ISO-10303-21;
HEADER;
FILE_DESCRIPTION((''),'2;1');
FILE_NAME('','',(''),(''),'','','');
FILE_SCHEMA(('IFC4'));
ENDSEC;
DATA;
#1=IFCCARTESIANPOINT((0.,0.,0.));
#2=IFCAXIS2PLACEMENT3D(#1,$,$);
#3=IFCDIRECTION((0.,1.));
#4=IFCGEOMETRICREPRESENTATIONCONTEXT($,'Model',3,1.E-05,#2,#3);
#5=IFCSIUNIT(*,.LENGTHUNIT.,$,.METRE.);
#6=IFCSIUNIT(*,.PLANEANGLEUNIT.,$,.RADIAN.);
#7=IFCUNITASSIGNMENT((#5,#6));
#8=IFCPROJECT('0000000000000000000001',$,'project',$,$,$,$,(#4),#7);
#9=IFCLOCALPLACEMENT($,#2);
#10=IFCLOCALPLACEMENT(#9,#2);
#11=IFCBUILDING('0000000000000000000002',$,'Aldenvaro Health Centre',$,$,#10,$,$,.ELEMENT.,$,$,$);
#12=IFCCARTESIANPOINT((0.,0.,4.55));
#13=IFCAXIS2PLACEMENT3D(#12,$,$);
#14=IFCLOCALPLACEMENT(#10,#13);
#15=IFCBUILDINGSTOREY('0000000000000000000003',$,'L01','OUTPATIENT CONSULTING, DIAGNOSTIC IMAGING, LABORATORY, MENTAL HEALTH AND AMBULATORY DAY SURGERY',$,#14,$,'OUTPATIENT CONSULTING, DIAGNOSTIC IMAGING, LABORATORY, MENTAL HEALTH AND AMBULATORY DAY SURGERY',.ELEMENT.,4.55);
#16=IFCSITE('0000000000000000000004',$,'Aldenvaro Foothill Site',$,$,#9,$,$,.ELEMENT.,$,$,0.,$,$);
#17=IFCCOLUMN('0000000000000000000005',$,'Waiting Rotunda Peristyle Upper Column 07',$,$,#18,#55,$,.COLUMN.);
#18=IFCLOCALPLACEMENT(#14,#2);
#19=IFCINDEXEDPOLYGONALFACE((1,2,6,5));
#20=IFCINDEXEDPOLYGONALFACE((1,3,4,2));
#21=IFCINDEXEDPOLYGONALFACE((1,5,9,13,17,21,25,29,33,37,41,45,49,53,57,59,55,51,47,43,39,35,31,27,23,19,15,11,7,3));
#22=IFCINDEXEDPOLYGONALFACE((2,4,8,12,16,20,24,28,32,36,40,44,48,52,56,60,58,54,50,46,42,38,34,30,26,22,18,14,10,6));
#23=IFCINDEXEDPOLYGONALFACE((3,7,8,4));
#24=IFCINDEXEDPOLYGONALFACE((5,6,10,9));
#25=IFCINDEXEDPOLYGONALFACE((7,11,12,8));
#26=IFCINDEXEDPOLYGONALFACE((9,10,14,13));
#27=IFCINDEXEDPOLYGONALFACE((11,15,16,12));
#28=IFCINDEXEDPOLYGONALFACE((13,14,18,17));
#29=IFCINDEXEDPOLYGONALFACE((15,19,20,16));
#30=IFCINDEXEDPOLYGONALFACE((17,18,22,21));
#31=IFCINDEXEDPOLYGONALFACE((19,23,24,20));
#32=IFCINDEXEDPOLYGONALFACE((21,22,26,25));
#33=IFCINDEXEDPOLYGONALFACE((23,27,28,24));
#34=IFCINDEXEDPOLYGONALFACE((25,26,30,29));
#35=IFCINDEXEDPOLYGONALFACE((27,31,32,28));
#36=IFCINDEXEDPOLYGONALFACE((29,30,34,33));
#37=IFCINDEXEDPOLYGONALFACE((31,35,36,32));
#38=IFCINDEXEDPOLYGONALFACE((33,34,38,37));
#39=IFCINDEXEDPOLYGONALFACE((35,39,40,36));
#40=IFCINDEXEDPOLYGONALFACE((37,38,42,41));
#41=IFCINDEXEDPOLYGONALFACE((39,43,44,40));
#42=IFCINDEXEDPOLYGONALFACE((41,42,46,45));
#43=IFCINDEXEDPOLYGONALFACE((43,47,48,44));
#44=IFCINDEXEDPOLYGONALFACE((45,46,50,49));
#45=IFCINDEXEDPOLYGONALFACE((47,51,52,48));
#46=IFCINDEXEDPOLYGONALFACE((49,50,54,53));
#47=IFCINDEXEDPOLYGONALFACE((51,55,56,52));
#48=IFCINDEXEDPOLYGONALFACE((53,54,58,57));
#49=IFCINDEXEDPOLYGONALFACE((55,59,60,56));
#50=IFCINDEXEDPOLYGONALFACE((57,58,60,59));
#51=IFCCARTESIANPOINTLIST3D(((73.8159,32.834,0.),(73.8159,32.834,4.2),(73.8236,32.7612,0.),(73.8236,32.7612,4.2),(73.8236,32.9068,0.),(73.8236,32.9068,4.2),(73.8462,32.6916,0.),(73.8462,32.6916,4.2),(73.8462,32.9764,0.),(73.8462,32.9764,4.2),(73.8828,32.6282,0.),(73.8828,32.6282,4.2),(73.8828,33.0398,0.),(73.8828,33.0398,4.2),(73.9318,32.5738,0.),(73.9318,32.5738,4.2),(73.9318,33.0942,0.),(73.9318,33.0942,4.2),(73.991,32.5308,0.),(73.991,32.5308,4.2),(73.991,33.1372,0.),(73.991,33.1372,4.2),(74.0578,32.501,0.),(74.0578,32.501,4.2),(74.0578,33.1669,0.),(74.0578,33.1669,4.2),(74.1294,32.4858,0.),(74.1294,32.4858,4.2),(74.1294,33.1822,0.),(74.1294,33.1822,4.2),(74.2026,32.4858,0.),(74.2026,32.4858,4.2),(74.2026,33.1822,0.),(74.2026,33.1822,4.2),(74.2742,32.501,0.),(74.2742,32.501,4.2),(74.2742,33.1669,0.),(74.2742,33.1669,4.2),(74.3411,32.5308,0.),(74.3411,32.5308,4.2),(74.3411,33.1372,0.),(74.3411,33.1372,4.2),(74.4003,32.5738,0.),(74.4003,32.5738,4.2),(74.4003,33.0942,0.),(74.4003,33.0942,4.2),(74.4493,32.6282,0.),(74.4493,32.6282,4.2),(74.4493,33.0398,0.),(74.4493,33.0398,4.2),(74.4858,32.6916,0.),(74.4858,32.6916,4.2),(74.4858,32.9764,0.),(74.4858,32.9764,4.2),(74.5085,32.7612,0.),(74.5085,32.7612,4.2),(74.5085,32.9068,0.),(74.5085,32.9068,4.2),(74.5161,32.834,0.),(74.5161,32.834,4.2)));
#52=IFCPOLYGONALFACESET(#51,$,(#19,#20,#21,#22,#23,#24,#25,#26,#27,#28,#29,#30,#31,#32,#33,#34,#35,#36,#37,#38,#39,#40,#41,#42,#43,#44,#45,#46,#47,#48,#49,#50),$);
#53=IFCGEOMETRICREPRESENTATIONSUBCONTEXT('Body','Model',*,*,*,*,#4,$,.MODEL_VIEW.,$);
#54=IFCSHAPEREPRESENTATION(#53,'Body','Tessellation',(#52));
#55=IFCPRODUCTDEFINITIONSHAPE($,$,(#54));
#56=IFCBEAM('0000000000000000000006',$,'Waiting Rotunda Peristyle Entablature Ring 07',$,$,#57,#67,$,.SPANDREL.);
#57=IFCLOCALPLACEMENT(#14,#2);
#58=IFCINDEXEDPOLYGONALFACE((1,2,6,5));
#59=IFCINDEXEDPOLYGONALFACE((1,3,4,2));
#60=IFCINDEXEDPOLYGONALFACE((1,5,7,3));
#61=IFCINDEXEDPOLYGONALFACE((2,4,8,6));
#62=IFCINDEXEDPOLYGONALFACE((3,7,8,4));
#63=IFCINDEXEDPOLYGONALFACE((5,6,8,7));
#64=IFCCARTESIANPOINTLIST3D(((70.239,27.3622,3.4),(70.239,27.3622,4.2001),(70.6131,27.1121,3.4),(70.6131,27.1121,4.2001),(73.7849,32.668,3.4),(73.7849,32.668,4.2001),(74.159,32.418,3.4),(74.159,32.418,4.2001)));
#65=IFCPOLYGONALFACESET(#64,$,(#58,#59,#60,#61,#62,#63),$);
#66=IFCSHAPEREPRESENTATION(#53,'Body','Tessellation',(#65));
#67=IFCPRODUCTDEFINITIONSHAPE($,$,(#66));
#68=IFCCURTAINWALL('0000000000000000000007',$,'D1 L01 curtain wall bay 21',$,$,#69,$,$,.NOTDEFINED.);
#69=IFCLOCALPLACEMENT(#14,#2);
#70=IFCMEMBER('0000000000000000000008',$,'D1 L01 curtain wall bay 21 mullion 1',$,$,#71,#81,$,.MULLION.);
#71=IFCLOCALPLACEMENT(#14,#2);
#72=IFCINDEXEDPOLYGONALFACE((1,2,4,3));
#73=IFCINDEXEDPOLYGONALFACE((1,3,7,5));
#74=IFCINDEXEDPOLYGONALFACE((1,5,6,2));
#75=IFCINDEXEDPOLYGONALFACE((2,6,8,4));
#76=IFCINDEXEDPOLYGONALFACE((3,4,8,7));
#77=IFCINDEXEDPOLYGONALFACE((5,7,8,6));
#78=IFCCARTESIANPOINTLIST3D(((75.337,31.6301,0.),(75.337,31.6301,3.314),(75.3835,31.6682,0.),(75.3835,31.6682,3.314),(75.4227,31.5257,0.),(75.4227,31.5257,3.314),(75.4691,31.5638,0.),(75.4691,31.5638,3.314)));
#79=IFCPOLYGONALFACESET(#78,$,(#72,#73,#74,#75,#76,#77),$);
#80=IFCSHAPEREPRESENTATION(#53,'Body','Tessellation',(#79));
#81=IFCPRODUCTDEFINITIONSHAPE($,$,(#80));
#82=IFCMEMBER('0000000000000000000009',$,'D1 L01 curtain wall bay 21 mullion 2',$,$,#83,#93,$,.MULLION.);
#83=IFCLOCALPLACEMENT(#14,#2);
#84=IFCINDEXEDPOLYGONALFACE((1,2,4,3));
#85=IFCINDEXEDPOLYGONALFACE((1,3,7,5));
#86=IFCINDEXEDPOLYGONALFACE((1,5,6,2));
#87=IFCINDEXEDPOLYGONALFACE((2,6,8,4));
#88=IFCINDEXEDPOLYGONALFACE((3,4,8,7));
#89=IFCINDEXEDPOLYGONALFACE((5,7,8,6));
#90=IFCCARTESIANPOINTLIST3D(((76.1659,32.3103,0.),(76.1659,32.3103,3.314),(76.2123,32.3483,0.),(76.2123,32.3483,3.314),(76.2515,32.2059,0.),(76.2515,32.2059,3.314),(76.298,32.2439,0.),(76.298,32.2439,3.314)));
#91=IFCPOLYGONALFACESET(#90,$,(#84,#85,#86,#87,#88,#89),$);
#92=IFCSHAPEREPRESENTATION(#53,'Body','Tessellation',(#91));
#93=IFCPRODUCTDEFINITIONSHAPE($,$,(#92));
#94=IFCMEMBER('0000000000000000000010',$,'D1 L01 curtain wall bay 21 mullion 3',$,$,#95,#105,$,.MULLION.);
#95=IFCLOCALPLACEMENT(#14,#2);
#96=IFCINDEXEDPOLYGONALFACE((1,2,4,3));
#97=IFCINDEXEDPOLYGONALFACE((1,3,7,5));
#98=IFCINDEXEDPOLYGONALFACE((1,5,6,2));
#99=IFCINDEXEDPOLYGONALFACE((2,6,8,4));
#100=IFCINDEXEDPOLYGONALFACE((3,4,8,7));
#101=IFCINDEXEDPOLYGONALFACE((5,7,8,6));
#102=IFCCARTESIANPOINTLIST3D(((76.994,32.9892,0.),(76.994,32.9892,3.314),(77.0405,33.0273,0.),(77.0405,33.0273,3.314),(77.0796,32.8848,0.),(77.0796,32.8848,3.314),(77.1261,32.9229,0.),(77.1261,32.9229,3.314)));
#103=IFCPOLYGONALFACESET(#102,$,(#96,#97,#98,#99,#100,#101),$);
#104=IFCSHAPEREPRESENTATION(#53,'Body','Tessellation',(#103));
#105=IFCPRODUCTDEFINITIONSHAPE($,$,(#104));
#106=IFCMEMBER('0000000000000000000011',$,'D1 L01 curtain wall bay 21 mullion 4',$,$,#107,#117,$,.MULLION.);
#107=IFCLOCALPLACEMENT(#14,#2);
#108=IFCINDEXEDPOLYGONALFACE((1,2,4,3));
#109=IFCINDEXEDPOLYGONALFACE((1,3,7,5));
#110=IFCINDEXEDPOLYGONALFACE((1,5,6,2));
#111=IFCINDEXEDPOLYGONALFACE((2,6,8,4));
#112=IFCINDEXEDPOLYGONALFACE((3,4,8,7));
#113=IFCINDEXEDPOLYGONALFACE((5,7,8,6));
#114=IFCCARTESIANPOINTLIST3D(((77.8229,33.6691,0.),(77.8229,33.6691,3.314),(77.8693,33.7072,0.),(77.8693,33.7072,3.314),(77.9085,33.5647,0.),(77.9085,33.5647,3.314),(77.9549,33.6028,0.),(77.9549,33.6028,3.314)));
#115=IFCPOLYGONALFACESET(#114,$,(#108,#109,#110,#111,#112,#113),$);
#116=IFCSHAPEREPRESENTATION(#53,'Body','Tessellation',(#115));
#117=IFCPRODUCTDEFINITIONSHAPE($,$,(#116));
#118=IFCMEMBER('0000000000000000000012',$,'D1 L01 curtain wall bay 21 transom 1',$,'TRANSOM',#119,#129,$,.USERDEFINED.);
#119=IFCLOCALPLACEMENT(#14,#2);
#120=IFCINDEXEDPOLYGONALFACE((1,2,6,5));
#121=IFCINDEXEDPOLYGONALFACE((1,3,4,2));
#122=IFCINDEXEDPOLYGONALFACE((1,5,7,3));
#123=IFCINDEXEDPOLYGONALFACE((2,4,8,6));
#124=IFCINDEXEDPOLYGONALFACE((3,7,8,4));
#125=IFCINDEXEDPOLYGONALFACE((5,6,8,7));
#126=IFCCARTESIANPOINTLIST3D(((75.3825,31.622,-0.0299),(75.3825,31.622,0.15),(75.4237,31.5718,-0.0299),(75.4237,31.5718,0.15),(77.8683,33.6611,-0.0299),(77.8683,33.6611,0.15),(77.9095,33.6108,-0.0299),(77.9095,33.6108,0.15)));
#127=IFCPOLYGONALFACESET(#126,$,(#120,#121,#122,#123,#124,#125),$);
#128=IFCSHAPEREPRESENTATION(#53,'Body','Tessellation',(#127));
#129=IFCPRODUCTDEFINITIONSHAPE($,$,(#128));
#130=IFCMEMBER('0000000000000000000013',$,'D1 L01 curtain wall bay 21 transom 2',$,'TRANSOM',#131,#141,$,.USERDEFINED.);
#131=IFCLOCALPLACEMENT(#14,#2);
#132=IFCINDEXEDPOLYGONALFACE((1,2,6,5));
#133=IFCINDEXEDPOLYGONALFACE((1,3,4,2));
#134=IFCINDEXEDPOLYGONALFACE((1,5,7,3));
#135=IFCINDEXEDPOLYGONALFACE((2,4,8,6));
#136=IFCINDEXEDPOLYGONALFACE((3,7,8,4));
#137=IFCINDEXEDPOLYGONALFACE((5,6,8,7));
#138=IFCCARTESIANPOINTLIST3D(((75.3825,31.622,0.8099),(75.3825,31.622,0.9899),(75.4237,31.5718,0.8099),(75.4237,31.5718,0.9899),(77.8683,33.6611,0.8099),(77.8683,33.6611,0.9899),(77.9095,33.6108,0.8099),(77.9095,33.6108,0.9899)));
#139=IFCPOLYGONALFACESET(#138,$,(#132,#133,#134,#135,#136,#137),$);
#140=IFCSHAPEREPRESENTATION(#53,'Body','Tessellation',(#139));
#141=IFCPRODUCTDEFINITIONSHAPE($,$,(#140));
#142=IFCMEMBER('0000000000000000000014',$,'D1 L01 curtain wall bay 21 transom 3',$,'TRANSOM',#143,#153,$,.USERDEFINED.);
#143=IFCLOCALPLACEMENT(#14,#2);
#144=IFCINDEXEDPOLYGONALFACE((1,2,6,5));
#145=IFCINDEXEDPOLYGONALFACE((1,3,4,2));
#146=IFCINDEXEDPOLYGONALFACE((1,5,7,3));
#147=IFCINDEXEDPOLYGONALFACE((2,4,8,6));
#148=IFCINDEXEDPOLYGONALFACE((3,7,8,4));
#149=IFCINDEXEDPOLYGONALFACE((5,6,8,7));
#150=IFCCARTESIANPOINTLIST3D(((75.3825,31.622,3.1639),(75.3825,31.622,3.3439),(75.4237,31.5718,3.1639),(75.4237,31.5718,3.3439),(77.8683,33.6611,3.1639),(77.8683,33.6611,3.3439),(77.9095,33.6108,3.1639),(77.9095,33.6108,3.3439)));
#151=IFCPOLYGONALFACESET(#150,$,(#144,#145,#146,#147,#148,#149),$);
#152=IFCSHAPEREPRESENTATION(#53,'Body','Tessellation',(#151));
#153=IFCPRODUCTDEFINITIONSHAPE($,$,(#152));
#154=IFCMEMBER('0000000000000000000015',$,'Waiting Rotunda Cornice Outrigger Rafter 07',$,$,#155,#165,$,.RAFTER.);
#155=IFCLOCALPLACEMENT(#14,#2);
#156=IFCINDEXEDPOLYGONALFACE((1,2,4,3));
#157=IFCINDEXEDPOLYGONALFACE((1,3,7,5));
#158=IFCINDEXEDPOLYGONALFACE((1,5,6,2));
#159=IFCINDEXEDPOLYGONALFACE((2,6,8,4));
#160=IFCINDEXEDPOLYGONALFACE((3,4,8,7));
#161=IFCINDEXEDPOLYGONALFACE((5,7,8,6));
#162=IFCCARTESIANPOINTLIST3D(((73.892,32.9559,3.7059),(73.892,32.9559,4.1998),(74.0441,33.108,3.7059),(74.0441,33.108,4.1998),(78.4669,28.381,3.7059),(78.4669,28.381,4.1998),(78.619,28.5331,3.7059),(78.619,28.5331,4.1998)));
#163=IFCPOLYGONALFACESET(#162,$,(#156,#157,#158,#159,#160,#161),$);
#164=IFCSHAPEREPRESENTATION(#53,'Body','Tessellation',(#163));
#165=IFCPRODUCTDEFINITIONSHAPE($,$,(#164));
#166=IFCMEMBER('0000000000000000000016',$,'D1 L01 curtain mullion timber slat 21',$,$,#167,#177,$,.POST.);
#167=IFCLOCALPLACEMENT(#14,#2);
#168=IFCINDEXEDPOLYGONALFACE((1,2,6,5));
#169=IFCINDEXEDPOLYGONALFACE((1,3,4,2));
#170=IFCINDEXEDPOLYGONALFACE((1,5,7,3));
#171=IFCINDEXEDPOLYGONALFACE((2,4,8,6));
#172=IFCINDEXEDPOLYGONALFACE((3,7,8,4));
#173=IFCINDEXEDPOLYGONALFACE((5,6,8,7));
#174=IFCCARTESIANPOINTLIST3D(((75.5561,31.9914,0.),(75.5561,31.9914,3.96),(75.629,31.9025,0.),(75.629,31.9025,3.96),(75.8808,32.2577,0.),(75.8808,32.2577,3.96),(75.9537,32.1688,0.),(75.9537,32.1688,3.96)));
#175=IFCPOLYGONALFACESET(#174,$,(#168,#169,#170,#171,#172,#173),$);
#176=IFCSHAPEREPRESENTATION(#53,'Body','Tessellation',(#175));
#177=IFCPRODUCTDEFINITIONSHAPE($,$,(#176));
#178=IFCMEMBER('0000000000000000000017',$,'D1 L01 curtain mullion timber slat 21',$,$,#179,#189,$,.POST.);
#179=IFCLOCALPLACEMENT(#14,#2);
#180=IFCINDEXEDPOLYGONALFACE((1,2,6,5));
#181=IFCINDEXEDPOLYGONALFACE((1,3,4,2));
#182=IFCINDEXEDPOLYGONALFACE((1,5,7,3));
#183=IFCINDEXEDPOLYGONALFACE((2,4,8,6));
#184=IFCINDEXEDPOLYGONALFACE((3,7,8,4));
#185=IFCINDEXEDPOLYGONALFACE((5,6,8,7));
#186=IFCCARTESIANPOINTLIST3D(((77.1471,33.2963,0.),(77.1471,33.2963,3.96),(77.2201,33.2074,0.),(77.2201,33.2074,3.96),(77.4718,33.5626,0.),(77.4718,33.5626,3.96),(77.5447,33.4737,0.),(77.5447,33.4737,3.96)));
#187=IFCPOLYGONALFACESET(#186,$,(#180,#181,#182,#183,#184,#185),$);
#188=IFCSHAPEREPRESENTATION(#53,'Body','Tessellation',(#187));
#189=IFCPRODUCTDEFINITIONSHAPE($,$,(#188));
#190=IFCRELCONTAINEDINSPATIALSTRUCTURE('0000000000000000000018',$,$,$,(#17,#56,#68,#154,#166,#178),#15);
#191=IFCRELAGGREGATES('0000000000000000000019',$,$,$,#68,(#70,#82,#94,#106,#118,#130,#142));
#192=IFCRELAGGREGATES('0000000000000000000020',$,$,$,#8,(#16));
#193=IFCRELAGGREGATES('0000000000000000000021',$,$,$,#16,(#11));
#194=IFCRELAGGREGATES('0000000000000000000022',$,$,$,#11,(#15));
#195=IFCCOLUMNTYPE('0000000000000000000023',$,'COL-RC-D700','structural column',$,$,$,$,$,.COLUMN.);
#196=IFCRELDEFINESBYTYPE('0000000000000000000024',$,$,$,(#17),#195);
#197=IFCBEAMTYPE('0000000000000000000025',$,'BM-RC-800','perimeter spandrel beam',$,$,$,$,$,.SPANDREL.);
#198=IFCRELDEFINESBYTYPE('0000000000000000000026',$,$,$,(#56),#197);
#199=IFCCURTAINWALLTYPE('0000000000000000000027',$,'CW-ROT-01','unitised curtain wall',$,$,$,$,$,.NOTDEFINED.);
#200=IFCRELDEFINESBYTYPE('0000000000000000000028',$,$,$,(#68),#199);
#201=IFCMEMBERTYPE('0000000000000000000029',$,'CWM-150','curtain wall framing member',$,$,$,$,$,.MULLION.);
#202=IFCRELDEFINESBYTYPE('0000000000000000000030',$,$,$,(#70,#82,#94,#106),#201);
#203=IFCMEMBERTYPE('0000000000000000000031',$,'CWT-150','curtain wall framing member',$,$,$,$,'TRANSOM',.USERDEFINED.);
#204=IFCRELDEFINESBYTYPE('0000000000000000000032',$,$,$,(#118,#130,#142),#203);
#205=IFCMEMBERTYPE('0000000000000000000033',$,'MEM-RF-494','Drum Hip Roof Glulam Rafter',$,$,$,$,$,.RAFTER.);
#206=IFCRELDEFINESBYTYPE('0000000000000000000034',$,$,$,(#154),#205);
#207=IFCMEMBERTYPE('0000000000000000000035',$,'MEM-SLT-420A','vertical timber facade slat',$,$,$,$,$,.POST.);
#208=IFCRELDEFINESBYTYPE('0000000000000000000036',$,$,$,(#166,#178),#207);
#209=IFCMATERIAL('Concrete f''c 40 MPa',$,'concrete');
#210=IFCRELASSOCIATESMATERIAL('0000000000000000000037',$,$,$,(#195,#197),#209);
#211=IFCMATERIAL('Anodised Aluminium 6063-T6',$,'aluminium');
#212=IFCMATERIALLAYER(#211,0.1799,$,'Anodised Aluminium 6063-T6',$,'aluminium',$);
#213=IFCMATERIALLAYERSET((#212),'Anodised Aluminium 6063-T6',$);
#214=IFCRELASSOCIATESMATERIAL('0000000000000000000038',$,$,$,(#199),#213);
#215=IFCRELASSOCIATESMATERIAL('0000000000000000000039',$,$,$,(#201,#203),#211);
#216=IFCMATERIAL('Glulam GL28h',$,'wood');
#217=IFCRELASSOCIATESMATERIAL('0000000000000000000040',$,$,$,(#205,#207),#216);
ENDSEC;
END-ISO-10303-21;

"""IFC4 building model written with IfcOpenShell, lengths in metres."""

from ifc_helpers import new_model, si_unit, direction, frame, origin, origin_2d, place, context, subcontext, project, spatial, rectangle, circle, extrude, material, layer, layer_set, material_profile, profile_set, type_object, element, aggregate, save


model = new_model("IFC4")

# Units and contexts
model_context = context("Model", 3, precision=1e-05, world=origin(), true_north=direction((0.0, 1.0)))
body_context = subcontext(model_context, "Body", "Model", "MODEL_VIEW")
ifc_project = project(units=[si_unit("LENGTHUNIT", "METRE"), si_unit("PLANEANGLEUNIT", "RADIAN")], contexts=[model_context])

# Site, building, storey
site_placement = place(None, origin())
site = spatial("IfcSite", under=ifc_project, at=site_placement, Name="Aldenvaro Foothill Site", CompositionType="ELEMENT", RefElevation=0.0)
building_placement = place(site_placement, origin())
building = spatial("IfcBuilding", under=site, at=building_placement, Name="Aldenvaro Health Centre", CompositionType="ELEMENT")
storey_placement = place(building_placement, frame((0.0, 0.0, 4.55)))
storey = spatial("IfcBuildingStorey", under=building, at=storey_placement, Name="L01", Description="OUTPATIENT CONSULTING, DIAGNOSTIC IMAGING, LABORATORY, MENTAL HEALTH AND AMBULATORY DAY SURGERY", LongName="OUTPATIENT CONSULTING, DIAGNOSTIC IMAGING, LABORATORY, MENTAL HEALTH AND AMBULATORY DAY SURGERY", CompositionType="ELEMENT", Elevation=4.55)

# Column
ifc_material_1 = material(Name="Concrete f'c 40 MPa", Category="concrete")
ifc_material_profile_1 = material_profile(ifc_material_1, circle(Radius=0.3501, at=origin_2d()), Name="RC D700", Category="concrete")
ifc_profile_set_1 = profile_set([ifc_material_profile_1], Name="Concrete f'c 40 MPa")
column_type = type_object("IfcColumnType", Name="COL-RC-D700", Description="structural column", PredefinedType="COLUMN", material=ifc_profile_set_1)
column_placement = place(storey_placement, frame((74.166, 32.834, 0.0), z_axis=(0.0, 0.0, 1.0), x_axis=(1.0, 0.0, 0.0)))
element("IfcColumn", 1, at=column_placement, inside=storey, type_object=column_type, Name="Waiting Rotunda Peristyle Upper Column 07", PredefinedType="COLUMN", context=body_context, shape_type="SweptSolid", body=[
    extrude(circle(Radius=0.3501, at=origin_2d()), origin(), (0.0, 0.0, 1.0), 4.2),
])

# Beam
ifc_material_profile_2 = material_profile(ifc_material_1, rectangle(XDim=0.45, YDim=0.8, at=origin_2d()), Name="RC 450x800", Category="concrete")
ifc_profile_set_2 = profile_set([ifc_material_profile_2], Name="Concrete f'c 40 MPa")
beam_type = type_object("IfcBeamType", Name="BM-RC-800", Description="perimeter spandrel beam", PredefinedType="SPANDREL", material=ifc_profile_set_2)
beam_placement = place(storey_placement, frame((73.9719, 32.543, 3.8), z_axis=(-0.555636, -0.831426, 0.0), x_axis=(0.831426, -0.555636, 0.0)))
element("IfcBeam", 2, at=beam_placement, inside=storey, type_object=beam_type, Name="Waiting Rotunda Peristyle Entablature Ring 07", PredefinedType="SPANDREL", context=body_context, shape_type="SweptSolid", body=[
    extrude(rectangle(XDim=0.45, YDim=0.8, at=origin_2d()), origin(), (0.0, 0.0, 1.0), 6.3816),
])

# Curtain wall, members
ifc_material_2 = material(Name="Anodised Aluminium 6063-T6", Category="aluminium")
ifc_layer_1 = layer(ifc_material_2, 0.1799, Name="Anodised Aluminium 6063-T6", Category="aluminium")
ifc_layer_set_1 = layer_set([ifc_layer_1], Name="Anodised Aluminium 6063-T6")
curtain_wall_type = type_object("IfcCurtainWallType", Name="CW-ROT-01", Description="unitised curtain wall", PredefinedType="NOTDEFINED", material=ifc_layer_set_1)
curtain_wall_placement = place(storey_placement, origin())
curtain_wall = element("IfcCurtainWall", 3, at=curtain_wall_placement, inside=storey, type_object=curtain_wall_type, Name="D1 L01 curtain wall bay 21", PredefinedType="NOTDEFINED")
ifc_material_profile_3 = material_profile(ifc_material_2, rectangle(XDim=0.0601, YDim=0.135, at=origin_2d()), Name="ALU 60x135", Category="aluminium")
ifc_profile_set_3 = profile_set([ifc_material_profile_3], Name="Anodised Aluminium 6063-T6")
member_type_1 = type_object("IfcMemberType", Name="CWM-150", Description="curtain wall framing member", PredefinedType="MULLION", material=ifc_profile_set_3)
member_1_placement = place(storey_placement, frame((75.4031, 31.5969, 0.0), z_axis=(0.0, 0.0, 1.0), x_axis=(0.773195, 0.634169, 0.0)))
member_1 = element("IfcMember", 4, at=member_1_placement, type_object=member_type_1, Name="D1 L01 curtain wall bay 21 mullion 1", PredefinedType="MULLION", context=body_context, shape_type="SweptSolid", body=[
    extrude(rectangle(XDim=0.0601, YDim=0.135, at=origin_2d()), origin(), (0.0, 0.0, 1.0), 3.314),
])
member_2_placement = place(storey_placement, frame((76.2319, 32.2771, 0.0), z_axis=(0.0, 0.0, 1.0), x_axis=(0.773195, 0.634169, 0.0)))
member_2 = element("IfcMember", 5, at=member_2_placement, type_object=member_type_1, Name="D1 L01 curtain wall bay 21 mullion 2", PredefinedType="MULLION", context=body_context, shape_type="SweptSolid", body=[
    extrude(rectangle(XDim=0.0601, YDim=0.135, at=origin_2d()), origin(), (0.0, 0.0, 1.0), 3.314),
])
member_3_placement = place(storey_placement, frame((77.0601, 32.9561, 0.0), z_axis=(0.0, 0.0, 1.0), x_axis=(0.773195, 0.634169, 0.0)))
member_3 = element("IfcMember", 6, at=member_3_placement, type_object=member_type_1, Name="D1 L01 curtain wall bay 21 mullion 3", PredefinedType="MULLION", context=body_context, shape_type="SweptSolid", body=[
    extrude(rectangle(XDim=0.0601, YDim=0.135, at=origin_2d()), origin(), (0.0, 0.0, 1.0), 3.314),
])
member_4_placement = place(storey_placement, frame((77.8889, 33.636, 0.0), z_axis=(0.0, 0.0, 1.0), x_axis=(0.773195, 0.634169, 0.0)))
member_4 = element("IfcMember", 7, at=member_4_placement, type_object=member_type_1, Name="D1 L01 curtain wall bay 21 mullion 4", PredefinedType="MULLION", context=body_context, shape_type="SweptSolid", body=[
    extrude(rectangle(XDim=0.0601, YDim=0.135, at=origin_2d()), origin(), (0.0, 0.0, 1.0), 3.314),
])
ifc_material_profile_4 = material_profile(ifc_material_2, rectangle(XDim=0.0649, YDim=0.1799, at=origin_2d()), Name="ALU 65x180", Category="aluminium")
ifc_profile_set_4 = profile_set([ifc_material_profile_4], Name="Anodised Aluminium 6063-T6")
member_type_2 = type_object("IfcMemberType", Name="CWT-150", Description="curtain wall framing member", ElementType="TRANSOM", PredefinedType="USERDEFINED", material=ifc_profile_set_4)
member_5_placement = place(storey_placement, frame((75.4031, 31.5969, 0.0601), z_axis=(0.773165, 0.634205, 0.0), x_axis=(-0.634205, 0.773165, 0.0)))
member_5 = element("IfcMember", 8, at=member_5_placement, type_object=member_type_2, Name="D1 L01 curtain wall bay 21 transom 1", ObjectType="TRANSOM", PredefinedType="USERDEFINED", context=body_context, shape_type="SweptSolid", body=[
    extrude(rectangle(XDim=0.0649, YDim=0.1799, at=origin_2d()), origin(), (0.0, 0.0, 1.0), 3.2151),
])
member_6_placement = place(storey_placement, frame((75.4031, 31.5969, 0.8999), z_axis=(0.773165, 0.634205, 0.0), x_axis=(-0.634205, 0.773165, 0.0)))
member_6 = element("IfcMember", 9, at=member_6_placement, type_object=member_type_2, Name="D1 L01 curtain wall bay 21 transom 2", ObjectType="TRANSOM", PredefinedType="USERDEFINED", context=body_context, shape_type="SweptSolid", body=[
    extrude(rectangle(XDim=0.0649, YDim=0.1799, at=origin_2d()), origin(), (0.0, 0.0, 1.0), 3.2151),
])
member_7_placement = place(storey_placement, frame((75.4031, 31.5969, 3.2539), z_axis=(0.773165, 0.634205, 0.0), x_axis=(-0.634205, 0.773165, 0.0)))
member_7 = element("IfcMember", 10, at=member_7_placement, type_object=member_type_2, Name="D1 L01 curtain wall bay 21 transom 3", ObjectType="TRANSOM", PredefinedType="USERDEFINED", context=body_context, shape_type="SweptSolid", body=[
    extrude(rectangle(XDim=0.0649, YDim=0.1799, at=origin_2d()), origin(), (0.0, 0.0, 1.0), 3.2151),
])

# Members
ifc_material_3 = material(Name="Glulam GL28h", Category="wood")
ifc_material_profile_5 = material_profile(ifc_material_3, rectangle(XDim=0.2151, YDim=0.4939, at=origin_2d()), Name="GL 215x494", Category="wood")
ifc_profile_set_5 = profile_set([ifc_material_profile_5], Name="Glulam GL28h")
member_type_3 = type_object("IfcMemberType", Name="MEM-RF-494", Description="Drum Hip Roof Glulam Rafter", PredefinedType="RAFTER", material=ifc_profile_set_5)
member_8_placement = place(storey_placement, frame((73.968, 33.032, 3.9529), z_axis=(0.707107, -0.707107, 0.0), x_axis=(0.707107, 0.707107, 0.0)))
element("IfcMember", 11, at=member_8_placement, inside=storey, type_object=member_type_3, Name="Waiting Rotunda Cornice Outrigger Rafter 07", PredefinedType="RAFTER", context=body_context, shape_type="SweptSolid", body=[
    extrude(rectangle(XDim=0.2151, YDim=0.4939, at=origin_2d()), origin(), (0.0, 0.0, 1.0), 6.47),
])
ifc_material_profile_6 = material_profile(ifc_material_3, rectangle(XDim=0.115, YDim=0.4199, at=origin_2d()), Name="GL 115x420", Category="wood")
ifc_profile_set_6 = profile_set([ifc_material_profile_6], Name="Glulam GL28h")
member_type_4 = type_object("IfcMemberType", Name="MEM-SLT-420A", Description="vertical timber facade slat", PredefinedType="POST", material=ifc_profile_set_6)
for number, where, z_axis, x_axis, name in (
    (12, (75.7549, 32.0801, 0.0), (0.0, 0.0, 1.0), (-0.634169, 0.773195, 0.0), "D1 L01 curtain mullion timber slat 21"),
    (13, (77.3459, 33.385, 0.0), (0.0, 0.0, 1.0), (-0.634169, 0.773195, 0.0), "D1 L01 curtain mullion timber slat 21"),
):
    element("IfcMember", number, at=place(storey_placement, frame(where, z_axis=z_axis, x_axis=x_axis)), inside=storey, type_object=member_type_4, Name=name, PredefinedType="POST", context=body_context, shape_type="SweptSolid", body=[
        extrude(rectangle(XDim=0.115, YDim=0.4199, at=origin_2d()), origin(), (0.0, 0.0, 1.0), 3.96),
    ])

aggregate(curtain_wall, [member_1, member_2, member_3, member_4, member_5, member_6, member_7])

save(model, "model.ifc")
